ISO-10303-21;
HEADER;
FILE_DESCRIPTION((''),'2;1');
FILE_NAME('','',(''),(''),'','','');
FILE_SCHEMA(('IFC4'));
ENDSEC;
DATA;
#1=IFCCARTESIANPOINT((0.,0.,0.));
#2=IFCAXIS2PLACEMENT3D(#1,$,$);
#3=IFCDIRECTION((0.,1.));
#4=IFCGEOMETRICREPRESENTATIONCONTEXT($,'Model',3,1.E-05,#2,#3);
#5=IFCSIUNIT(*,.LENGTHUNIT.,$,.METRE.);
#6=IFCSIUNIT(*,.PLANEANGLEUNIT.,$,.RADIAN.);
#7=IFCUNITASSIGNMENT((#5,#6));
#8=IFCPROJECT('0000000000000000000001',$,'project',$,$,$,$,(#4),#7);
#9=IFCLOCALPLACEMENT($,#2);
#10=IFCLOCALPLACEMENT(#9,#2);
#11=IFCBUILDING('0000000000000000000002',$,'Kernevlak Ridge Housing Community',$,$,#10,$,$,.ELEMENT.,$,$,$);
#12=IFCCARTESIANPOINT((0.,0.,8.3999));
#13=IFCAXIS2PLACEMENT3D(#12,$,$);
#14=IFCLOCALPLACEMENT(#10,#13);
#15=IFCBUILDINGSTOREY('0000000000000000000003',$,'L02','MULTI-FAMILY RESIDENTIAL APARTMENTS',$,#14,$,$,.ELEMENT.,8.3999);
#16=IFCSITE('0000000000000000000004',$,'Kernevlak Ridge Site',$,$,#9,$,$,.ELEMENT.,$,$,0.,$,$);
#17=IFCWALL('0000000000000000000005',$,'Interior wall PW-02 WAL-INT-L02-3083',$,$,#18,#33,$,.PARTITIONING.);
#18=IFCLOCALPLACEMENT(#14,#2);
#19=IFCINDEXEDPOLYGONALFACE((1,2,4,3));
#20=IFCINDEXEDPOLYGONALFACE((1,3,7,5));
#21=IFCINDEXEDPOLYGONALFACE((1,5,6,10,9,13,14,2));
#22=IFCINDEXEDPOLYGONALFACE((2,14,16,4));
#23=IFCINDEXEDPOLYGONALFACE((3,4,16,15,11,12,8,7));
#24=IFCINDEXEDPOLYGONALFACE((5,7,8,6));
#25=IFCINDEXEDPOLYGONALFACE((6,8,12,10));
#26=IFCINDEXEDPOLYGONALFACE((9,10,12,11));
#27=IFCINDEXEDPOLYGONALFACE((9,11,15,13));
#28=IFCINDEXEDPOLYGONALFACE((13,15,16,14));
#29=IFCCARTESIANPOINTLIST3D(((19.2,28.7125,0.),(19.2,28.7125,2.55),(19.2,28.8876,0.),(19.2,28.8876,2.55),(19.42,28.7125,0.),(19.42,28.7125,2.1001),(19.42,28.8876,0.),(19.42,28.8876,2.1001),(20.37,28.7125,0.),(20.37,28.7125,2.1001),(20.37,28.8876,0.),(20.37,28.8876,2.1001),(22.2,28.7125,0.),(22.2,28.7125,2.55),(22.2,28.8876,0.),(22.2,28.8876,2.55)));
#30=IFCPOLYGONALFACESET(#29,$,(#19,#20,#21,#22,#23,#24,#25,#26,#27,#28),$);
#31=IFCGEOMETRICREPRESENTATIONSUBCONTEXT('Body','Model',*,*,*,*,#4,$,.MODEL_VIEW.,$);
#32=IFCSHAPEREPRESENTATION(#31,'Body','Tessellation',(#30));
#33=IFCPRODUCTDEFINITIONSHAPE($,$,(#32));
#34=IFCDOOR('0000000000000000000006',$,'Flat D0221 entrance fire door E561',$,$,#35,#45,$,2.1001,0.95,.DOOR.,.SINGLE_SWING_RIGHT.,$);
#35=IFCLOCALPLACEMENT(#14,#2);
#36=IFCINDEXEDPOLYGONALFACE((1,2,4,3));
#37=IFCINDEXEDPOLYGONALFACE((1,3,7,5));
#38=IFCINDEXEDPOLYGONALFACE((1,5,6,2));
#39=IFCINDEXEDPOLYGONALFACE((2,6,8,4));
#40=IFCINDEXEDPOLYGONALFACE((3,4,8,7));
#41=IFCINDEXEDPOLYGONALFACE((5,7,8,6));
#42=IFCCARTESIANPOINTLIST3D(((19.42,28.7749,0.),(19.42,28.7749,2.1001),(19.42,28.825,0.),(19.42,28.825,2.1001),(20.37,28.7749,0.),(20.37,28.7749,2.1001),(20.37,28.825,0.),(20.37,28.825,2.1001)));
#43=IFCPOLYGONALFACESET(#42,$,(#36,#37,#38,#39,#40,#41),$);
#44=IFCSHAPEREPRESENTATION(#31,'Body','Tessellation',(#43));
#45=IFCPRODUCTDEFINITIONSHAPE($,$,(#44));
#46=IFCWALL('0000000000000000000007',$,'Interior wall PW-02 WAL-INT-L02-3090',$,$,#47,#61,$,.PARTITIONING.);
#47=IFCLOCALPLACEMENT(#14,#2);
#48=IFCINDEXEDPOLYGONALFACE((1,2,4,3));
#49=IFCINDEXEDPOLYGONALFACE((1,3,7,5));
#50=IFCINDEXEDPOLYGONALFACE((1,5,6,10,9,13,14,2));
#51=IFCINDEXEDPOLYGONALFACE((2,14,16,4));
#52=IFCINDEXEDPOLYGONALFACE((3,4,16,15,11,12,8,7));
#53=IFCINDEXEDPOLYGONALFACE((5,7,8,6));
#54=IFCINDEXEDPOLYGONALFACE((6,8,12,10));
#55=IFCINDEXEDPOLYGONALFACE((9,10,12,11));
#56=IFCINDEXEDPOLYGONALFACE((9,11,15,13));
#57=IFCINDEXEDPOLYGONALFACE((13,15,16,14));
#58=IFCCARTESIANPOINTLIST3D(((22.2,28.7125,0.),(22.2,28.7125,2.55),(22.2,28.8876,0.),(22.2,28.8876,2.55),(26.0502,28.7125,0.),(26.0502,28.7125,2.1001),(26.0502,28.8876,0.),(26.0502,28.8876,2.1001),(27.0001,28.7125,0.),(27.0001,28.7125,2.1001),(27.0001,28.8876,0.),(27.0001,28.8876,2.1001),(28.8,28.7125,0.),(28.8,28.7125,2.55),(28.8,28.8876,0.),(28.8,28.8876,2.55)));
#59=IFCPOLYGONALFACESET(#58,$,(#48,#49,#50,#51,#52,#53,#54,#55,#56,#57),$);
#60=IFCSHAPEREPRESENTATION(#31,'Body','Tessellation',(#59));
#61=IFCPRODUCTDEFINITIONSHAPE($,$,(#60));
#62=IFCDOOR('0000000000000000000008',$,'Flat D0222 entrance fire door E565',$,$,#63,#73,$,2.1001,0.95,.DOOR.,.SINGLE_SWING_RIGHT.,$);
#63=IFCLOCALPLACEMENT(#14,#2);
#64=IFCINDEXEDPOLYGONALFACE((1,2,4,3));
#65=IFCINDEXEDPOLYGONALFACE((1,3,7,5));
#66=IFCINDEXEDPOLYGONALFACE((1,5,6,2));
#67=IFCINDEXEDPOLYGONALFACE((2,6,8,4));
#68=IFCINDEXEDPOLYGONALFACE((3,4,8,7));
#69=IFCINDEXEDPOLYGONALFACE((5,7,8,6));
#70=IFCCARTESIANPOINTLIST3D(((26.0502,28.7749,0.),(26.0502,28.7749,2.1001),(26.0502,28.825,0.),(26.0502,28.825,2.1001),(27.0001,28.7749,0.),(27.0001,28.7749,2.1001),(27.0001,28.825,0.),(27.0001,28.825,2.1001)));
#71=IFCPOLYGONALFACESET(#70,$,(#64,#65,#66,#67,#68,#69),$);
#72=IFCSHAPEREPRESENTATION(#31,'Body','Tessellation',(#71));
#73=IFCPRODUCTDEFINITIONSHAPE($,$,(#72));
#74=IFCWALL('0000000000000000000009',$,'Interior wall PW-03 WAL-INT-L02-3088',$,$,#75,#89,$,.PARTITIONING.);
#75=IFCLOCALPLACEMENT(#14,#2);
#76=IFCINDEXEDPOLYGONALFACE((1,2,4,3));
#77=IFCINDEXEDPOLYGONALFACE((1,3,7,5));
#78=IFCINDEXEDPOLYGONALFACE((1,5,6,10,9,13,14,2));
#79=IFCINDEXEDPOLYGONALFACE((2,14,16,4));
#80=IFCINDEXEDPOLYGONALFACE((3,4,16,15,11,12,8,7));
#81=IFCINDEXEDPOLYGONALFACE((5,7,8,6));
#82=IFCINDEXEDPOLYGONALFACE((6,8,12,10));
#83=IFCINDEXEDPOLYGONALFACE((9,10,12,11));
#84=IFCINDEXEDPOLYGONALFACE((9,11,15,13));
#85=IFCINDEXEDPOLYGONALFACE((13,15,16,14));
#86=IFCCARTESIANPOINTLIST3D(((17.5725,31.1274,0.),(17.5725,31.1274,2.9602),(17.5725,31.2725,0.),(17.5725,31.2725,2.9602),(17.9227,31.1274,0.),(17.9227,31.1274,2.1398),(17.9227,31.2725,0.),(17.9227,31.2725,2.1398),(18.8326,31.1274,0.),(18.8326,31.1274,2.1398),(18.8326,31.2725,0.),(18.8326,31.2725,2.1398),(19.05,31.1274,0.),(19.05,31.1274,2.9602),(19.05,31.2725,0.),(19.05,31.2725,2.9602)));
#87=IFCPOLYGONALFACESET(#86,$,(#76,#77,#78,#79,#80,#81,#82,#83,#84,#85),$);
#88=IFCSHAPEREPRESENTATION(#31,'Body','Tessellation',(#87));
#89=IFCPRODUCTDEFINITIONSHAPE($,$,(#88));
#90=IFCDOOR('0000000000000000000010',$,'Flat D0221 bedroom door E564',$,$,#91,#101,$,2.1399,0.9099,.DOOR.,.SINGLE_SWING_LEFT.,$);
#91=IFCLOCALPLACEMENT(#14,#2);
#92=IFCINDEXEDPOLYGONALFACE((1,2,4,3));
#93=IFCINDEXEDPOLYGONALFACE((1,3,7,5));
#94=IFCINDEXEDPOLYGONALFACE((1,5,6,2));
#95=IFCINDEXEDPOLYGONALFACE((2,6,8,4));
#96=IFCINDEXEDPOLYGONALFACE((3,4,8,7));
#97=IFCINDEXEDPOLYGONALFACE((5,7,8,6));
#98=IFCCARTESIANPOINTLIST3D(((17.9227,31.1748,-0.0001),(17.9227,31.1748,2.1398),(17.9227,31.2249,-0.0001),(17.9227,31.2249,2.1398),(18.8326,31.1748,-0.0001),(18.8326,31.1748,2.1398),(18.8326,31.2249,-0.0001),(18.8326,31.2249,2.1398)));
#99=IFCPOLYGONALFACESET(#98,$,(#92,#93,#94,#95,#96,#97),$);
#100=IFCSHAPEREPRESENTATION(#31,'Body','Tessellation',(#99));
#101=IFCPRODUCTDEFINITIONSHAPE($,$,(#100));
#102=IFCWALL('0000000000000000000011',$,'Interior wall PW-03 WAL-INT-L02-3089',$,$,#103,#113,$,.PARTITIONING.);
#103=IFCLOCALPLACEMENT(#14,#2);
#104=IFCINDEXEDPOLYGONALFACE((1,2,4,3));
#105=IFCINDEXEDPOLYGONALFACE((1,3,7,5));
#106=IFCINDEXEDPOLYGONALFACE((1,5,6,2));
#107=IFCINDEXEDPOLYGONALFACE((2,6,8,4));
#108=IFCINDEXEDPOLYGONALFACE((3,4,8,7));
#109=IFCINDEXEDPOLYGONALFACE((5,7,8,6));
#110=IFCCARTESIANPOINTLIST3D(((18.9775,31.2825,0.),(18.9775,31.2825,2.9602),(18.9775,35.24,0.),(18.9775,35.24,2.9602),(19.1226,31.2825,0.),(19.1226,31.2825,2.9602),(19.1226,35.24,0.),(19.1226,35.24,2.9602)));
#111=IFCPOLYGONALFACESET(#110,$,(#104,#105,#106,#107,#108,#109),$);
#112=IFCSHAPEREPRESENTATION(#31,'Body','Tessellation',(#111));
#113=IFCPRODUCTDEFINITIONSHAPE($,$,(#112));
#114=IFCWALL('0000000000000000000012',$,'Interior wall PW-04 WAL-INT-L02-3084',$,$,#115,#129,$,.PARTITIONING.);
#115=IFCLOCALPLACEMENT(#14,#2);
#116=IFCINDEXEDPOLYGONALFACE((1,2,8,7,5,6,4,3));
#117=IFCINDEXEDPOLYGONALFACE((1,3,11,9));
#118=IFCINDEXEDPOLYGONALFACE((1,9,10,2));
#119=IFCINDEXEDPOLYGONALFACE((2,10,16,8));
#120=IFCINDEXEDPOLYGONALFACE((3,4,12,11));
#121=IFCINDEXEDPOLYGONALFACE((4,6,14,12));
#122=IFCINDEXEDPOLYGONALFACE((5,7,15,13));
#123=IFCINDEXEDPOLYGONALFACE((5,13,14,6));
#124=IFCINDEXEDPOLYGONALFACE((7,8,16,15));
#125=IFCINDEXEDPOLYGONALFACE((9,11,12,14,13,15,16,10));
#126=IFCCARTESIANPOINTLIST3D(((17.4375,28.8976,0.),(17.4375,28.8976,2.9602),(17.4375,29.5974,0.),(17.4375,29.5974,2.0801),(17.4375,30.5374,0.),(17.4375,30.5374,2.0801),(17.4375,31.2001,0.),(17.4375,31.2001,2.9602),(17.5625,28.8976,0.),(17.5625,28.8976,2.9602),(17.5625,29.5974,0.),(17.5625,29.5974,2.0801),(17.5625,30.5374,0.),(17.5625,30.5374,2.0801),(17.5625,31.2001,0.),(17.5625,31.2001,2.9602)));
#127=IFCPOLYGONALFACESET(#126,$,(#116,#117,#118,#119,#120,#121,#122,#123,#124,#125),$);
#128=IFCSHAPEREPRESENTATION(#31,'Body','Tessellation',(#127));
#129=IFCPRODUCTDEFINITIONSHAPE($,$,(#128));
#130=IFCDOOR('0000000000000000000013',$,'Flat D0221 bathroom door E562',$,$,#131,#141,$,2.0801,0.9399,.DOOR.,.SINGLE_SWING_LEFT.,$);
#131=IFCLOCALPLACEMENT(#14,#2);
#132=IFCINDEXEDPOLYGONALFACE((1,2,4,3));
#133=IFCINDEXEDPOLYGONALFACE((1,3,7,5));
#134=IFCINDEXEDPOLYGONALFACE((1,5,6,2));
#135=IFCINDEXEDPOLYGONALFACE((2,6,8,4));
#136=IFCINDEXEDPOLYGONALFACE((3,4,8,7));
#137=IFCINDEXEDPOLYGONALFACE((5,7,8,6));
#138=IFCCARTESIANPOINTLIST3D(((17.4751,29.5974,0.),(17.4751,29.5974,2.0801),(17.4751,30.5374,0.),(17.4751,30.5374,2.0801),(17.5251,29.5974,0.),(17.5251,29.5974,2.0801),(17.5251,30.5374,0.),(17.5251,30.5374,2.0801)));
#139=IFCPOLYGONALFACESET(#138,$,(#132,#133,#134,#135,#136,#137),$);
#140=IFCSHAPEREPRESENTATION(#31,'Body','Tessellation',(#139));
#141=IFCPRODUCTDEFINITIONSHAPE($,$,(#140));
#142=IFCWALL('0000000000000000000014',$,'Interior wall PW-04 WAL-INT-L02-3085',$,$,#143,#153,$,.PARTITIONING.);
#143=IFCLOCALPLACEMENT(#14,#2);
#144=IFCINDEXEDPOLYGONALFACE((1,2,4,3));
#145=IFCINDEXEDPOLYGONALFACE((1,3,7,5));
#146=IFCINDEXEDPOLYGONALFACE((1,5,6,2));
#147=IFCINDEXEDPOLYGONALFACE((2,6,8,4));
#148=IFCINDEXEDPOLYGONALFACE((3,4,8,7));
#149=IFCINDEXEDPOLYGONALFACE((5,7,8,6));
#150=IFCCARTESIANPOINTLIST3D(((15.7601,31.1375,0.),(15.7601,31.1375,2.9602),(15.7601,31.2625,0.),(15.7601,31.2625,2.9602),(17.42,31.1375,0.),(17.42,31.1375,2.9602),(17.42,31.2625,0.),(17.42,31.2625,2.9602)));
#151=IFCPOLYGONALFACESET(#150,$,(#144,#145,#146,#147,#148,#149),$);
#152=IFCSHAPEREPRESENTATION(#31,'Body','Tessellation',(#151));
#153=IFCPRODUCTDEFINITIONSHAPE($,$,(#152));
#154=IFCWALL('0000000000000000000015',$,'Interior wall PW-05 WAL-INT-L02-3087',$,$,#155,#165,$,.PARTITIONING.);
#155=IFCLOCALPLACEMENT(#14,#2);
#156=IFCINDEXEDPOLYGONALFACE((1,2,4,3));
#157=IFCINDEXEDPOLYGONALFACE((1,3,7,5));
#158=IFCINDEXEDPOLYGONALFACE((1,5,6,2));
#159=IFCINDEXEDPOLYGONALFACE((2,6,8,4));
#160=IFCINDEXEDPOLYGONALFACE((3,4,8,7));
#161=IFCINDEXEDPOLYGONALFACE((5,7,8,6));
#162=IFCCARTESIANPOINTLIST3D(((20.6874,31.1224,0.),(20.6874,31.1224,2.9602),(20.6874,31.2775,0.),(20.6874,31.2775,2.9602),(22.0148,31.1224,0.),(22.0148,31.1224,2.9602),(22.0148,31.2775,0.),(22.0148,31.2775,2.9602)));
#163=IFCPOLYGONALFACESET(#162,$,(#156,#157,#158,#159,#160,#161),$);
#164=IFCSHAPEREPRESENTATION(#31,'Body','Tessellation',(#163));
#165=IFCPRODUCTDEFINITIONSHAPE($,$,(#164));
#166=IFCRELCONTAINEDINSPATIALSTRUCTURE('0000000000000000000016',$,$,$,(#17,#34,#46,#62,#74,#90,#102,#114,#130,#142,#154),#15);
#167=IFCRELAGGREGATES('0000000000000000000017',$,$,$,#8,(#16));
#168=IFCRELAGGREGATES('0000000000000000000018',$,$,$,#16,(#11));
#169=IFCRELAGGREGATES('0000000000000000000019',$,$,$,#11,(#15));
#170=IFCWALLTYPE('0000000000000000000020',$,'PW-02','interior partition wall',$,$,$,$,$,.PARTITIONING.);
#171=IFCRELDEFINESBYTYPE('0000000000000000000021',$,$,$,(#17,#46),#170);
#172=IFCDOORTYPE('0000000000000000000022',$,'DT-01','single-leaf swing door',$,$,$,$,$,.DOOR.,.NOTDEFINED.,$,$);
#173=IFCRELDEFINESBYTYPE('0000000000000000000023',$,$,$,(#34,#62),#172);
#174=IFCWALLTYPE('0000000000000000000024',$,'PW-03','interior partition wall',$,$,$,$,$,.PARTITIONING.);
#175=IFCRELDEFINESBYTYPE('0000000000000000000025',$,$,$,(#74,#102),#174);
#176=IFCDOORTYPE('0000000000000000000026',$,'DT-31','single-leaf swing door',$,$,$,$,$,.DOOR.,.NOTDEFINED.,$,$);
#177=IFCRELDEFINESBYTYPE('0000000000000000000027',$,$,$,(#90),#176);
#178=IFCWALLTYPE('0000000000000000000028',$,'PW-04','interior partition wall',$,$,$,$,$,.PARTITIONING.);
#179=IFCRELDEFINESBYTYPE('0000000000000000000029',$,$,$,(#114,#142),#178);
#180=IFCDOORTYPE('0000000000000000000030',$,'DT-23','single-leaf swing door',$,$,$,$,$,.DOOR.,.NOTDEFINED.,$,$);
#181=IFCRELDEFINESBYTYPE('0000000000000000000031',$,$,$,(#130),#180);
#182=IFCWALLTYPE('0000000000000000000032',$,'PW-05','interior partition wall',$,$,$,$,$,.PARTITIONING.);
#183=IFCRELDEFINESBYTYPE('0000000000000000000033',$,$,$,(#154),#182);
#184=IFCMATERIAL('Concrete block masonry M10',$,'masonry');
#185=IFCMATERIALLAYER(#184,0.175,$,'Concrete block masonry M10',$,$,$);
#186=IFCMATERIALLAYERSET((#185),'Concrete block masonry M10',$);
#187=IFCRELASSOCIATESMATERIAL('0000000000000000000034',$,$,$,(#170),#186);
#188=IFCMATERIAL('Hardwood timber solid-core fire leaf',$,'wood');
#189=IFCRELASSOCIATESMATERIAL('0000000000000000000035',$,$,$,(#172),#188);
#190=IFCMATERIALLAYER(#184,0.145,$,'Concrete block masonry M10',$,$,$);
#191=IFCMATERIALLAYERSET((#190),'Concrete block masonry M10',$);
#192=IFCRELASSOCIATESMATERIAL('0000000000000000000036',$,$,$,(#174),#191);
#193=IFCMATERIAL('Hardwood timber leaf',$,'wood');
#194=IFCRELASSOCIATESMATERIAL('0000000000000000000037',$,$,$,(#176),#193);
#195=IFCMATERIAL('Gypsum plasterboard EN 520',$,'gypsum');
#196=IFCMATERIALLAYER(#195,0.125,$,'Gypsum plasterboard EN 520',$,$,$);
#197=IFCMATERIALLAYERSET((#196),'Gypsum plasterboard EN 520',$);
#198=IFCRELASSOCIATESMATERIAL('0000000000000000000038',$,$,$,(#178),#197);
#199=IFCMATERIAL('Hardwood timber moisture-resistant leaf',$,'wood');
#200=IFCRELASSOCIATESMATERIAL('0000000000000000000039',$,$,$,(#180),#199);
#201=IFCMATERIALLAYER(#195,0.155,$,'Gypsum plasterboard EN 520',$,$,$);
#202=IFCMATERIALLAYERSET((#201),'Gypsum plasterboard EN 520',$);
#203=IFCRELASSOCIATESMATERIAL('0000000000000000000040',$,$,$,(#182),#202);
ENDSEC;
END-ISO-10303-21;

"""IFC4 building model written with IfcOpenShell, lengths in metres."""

from ifc_helpers import new_model, si_unit, direction, frame, frame_2d, origin, place, context, subcontext, project, spatial, rectangle, extrude, material, layer, layer_set, type_object, element, fill, save


model = new_model("IFC4")

# Units and contexts
model_context = context("Model", 3, precision=1e-05, world=origin(), true_north=direction((0.0, 1.0)))
body_context = subcontext(model_context, "Body", "Model", "MODEL_VIEW")
ifc_project = project(units=[si_unit("LENGTHUNIT", "METRE"), si_unit("PLANEANGLEUNIT", "RADIAN")], contexts=[model_context])

# Site, building, storey
site_placement = place(None, origin())
site = spatial("IfcSite", under=ifc_project, at=site_placement, Name="Kernevlak Ridge Site", CompositionType="ELEMENT", RefElevation=0.0)
building_placement = place(site_placement, origin())
building = spatial("IfcBuilding", under=site, at=building_placement, Name="Kernevlak Ridge Housing Community", CompositionType="ELEMENT")
storey_placement = place(building_placement, frame((0.0, 0.0, 8.3999)))
storey = spatial("IfcBuildingStorey", under=building, at=storey_placement, Name="L02", Description="MULTI-FAMILY RESIDENTIAL APARTMENTS", CompositionType="ELEMENT", Elevation=8.3999)

# Shared definitions
ifc_material_1 = material(Name="Concrete block masonry M10", Category="masonry")

# Shared definitions
ifc_layer_1 = layer(ifc_material_1, 0.175, Name="Concrete block masonry M10")
ifc_layer_set_1 = layer_set([ifc_layer_1], Name="Concrete block masonry M10")
wall_type_1 = type_object("IfcWallType", Name="PW-02", Description="interior partition wall", PredefinedType="PARTITIONING", material=ifc_layer_set_1)

# Walls, openings, doors
wall_1_placement = place(storey_placement, frame((19.2, 28.8, 0.0), z_axis=(0.0, 0.0, 1.0), x_axis=(1.0, 0.0, 0.0)))
wall_1 = element("IfcWall", 1, at=wall_1_placement, inside=storey, type_object=wall_type_1, Name="Interior wall PW-02 WAL-INT-L02-3083", PredefinedType="PARTITIONING", context=body_context, shape_type="SweptSolid", body=[
    extrude(rectangle(XDim=3.0, YDim=0.175, at=frame_2d((1.5, 0.0))), origin(), (0.0, 0.0, 1.0), 2.55),
])
opening_1_placement = place(wall_1_placement, frame((0.22, 0.0, 0.0)))
opening_1 = element("IfcOpeningElement", 2, at=opening_1_placement, cuts=wall_1, PredefinedType="OPENING", context=body_context, shape_type="SweptSolid", body=[
    extrude(rectangle(XDim=0.95, YDim=2.1001, at=frame_2d((0.4751, 1.05))), frame((0.0, 0.0974, 0.0), z_axis=(0.0, -1.0, 0.0), x_axis=(1.0, 0.0, 0.0)), (0.0, 0.0, 1.0), 0.1951),
])
ifc_material_2 = material(Name="Hardwood timber solid-core fire leaf", Category="wood")
door_type_1 = type_object("IfcDoorType", Name="DT-01", Description="single-leaf swing door", OperationType="NOTDEFINED", PredefinedType="DOOR", material=ifc_material_2)
door_1_placement = place(opening_1_placement, origin())
door_1 = element("IfcDoor", 3, at=door_1_placement, inside=storey, type_object=door_type_1, Name="Flat D0221 entrance fire door E561", OperationType="SINGLE_SWING_RIGHT", OverallHeight=2.1001, OverallWidth=0.95, PredefinedType="DOOR", context=body_context, shape_type="SweptSolid", body=[
    extrude(rectangle(XDim=0.95, YDim=2.1001, at=frame_2d((0.4751, 1.05))), frame((0.0, 0.0249, 0.0), z_axis=(0.0, -1.0, 0.0), x_axis=(1.0, 0.0, 0.0)), (0.0, 0.0, 1.0), 0.05),
])
fill(opening_1, door_1)
wall_2_placement = place(storey_placement, frame((22.2, 28.8, 0.0), z_axis=(0.0, 0.0, 1.0), x_axis=(1.0, 0.0, 0.0)))
wall_2 = element("IfcWall", 4, at=wall_2_placement, inside=storey, type_object=wall_type_1, Name="Interior wall PW-02 WAL-INT-L02-3090", PredefinedType="PARTITIONING", context=body_context, shape_type="SweptSolid", body=[
    extrude(rectangle(XDim=6.6001, YDim=0.175, at=frame_2d((3.3, 0.0))), origin(), (0.0, 0.0, 1.0), 2.55),
])
opening_2_placement = place(wall_2_placement, frame((3.8501, 0.0, 0.0)))
opening_2 = element("IfcOpeningElement", 5, at=opening_2_placement, cuts=wall_2, PredefinedType="OPENING", context=body_context, shape_type="SweptSolid", body=[
    extrude(rectangle(XDim=0.95, YDim=2.1001, at=frame_2d((0.4751, 1.05))), frame((0.0, 0.0974, 0.0), z_axis=(0.0, -1.0, 0.0), x_axis=(1.0, 0.0, 0.0)), (0.0, 0.0, 1.0), 0.1951),
])
door_2_placement = place(opening_2_placement, origin())
door_2 = element("IfcDoor", 6, at=door_2_placement, inside=storey, type_object=door_type_1, Name="Flat D0222 entrance fire door E565", OperationType="SINGLE_SWING_RIGHT", OverallHeight=2.1001, OverallWidth=0.95, PredefinedType="DOOR", context=body_context, shape_type="SweptSolid", body=[
    extrude(rectangle(XDim=0.95, YDim=2.1001, at=frame_2d((0.4751, 1.05))), frame((0.0, 0.0249, 0.0), z_axis=(0.0, -1.0, 0.0), x_axis=(1.0, 0.0, 0.0)), (0.0, 0.0, 1.0), 0.05),
])
fill(opening_2, door_2)
ifc_layer_2 = layer(ifc_material_1, 0.145, Name="Concrete block masonry M10")
ifc_layer_set_2 = layer_set([ifc_layer_2], Name="Concrete block masonry M10")
wall_type_2 = type_object("IfcWallType", Name="PW-03", Description="interior partition wall", PredefinedType="PARTITIONING", material=ifc_layer_set_2)
wall_3_placement = place(storey_placement, frame((17.5725, 31.2, 0.0), z_axis=(0.0, 0.0, 1.0), x_axis=(1.0, 0.0, 0.0)))
wall_3 = element("IfcWall", 7, at=wall_3_placement, inside=storey, type_object=wall_type_2, Name="Interior wall PW-03 WAL-INT-L02-3088", PredefinedType="PARTITIONING", context=body_context, shape_type="SweptSolid", body=[
    extrude(rectangle(XDim=1.4775, YDim=0.145, at=frame_2d((0.7388, 0.0))), origin(), (0.0, 0.0, 1.0), 2.9602),
])
opening_3_placement = place(wall_3_placement, frame((0.3501, 0.0, 0.0)))
opening_3 = element("IfcOpeningElement", 8, at=opening_3_placement, cuts=wall_3, PredefinedType="OPENING", context=body_context, shape_type="SweptSolid", body=[
    extrude(rectangle(XDim=0.9099, YDim=2.1399, at=frame_2d((0.4551, 1.0698))), frame((0.0, 0.0825, 0.0), z_axis=(0.0, -1.0, 0.0), x_axis=(1.0, 0.0, 0.0)), (0.0, 0.0, 1.0), 0.165),
])
ifc_material_3 = material(Name="Hardwood timber leaf", Category="wood")
door_type_2 = type_object("IfcDoorType", Name="DT-31", Description="single-leaf swing door", OperationType="NOTDEFINED", PredefinedType="DOOR", material=ifc_material_3)
door_3_placement = place(opening_3_placement, origin())
door_3 = element("IfcDoor", 9, at=door_3_placement, inside=storey, type_object=door_type_2, Name="Flat D0221 bedroom door E564", OperationType="SINGLE_SWING_LEFT", OverallHeight=2.1399, OverallWidth=0.9099, PredefinedType="DOOR", context=body_context, shape_type="SweptSolid", body=[
    extrude(rectangle(XDim=0.9099, YDim=2.1399, at=frame_2d((0.4551, 1.0698))), frame((0.0, 0.0249, 0.0), z_axis=(0.0, -1.0, 0.0), x_axis=(1.0, 0.0, 0.0)), (0.0, 0.0, 1.0), 0.05),
])
fill(opening_3, door_3)

# Wall
wall_4_placement = place(storey_placement, frame((19.05, 31.2825, 0.0), z_axis=(0.0, 0.0, 1.0), x_axis=(0.0, 1.0, 0.0)))
element("IfcWall", 10, at=wall_4_placement, inside=storey, type_object=wall_type_2, Name="Interior wall PW-03 WAL-INT-L02-3089", PredefinedType="PARTITIONING", context=body_context, shape_type="SweptSolid", body=[
    extrude(rectangle(XDim=3.9575, YDim=0.145, at=frame_2d((1.9788, 0.0))), origin(), (0.0, 0.0, 1.0), 2.9602),
])

# Wall, opening, door
ifc_material_4 = material(Name="Gypsum plasterboard EN 520", Category="gypsum")
ifc_layer_3 = layer(ifc_material_4, 0.125, Name="Gypsum plasterboard EN 520")
ifc_layer_set_3 = layer_set([ifc_layer_3], Name="Gypsum plasterboard EN 520")
wall_type_3 = type_object("IfcWallType", Name="PW-04", Description="interior partition wall", PredefinedType="PARTITIONING", material=ifc_layer_set_3)
wall_5_placement = place(storey_placement, frame((17.5, 28.8975, 0.0), z_axis=(0.0, 0.0, 1.0), x_axis=(0.0, 1.0, 0.0)))
wall_5 = element("IfcWall", 11, at=wall_5_placement, inside=storey, type_object=wall_type_3, Name="Interior wall PW-04 WAL-INT-L02-3084", PredefinedType="PARTITIONING", context=body_context, shape_type="SweptSolid", body=[
    extrude(rectangle(XDim=2.3025, YDim=0.125, at=frame_2d((1.1514, 0.0))), origin(), (0.0, 0.0, 1.0), 2.9602),
])
opening_4_placement = place(wall_5_placement, frame((0.7, 0.0, 0.0)))
opening_4 = element("IfcOpeningElement", 12, at=opening_4_placement, cuts=wall_5, PredefinedType="OPENING", context=body_context, shape_type="SweptSolid", body=[
    extrude(rectangle(XDim=0.9399, YDim=2.0801, at=frame_2d((0.47, 1.04))), frame((0.0, 0.0725, 0.0), z_axis=(0.0, -1.0, 0.0), x_axis=(1.0, 0.0, 0.0)), (0.0, 0.0, 1.0), 0.145),
])
ifc_material_5 = material(Name="Hardwood timber moisture-resistant leaf", Category="wood")
door_type_3 = type_object("IfcDoorType", Name="DT-23", Description="single-leaf swing door", OperationType="NOTDEFINED", PredefinedType="DOOR", material=ifc_material_5)
door_4_placement = place(opening_4_placement, origin())
door_4 = element("IfcDoor", 13, at=door_4_placement, inside=storey, type_object=door_type_3, Name="Flat D0221 bathroom door E562", OperationType="SINGLE_SWING_LEFT", OverallHeight=2.0801, OverallWidth=0.9399, PredefinedType="DOOR", context=body_context, shape_type="SweptSolid", body=[
    extrude(rectangle(XDim=0.9399, YDim=2.0801, at=frame_2d((0.47, 1.04))), frame((0.0, 0.0249, 0.0), z_axis=(0.0, -1.0, 0.0), x_axis=(1.0, 0.0, 0.0)), (0.0, 0.0, 1.0), 0.05),
])
fill(opening_4, door_4)

# Wall
wall_6_placement = place(storey_placement, frame((15.76, 31.2, 0.0), z_axis=(0.0, 0.0, 1.0), x_axis=(1.0, 0.0, 0.0)))
element("IfcWall", 14, at=wall_6_placement, inside=storey, type_object=wall_type_3, Name="Interior wall PW-04 WAL-INT-L02-3085", PredefinedType="PARTITIONING", context=body_context, shape_type="SweptSolid", body=[
    extrude(rectangle(XDim=1.6599, YDim=0.125, at=frame_2d((0.8301, 0.0))), origin(), (0.0, 0.0, 1.0), 2.9602),
])

# Shared definitions
ifc_layer_4 = layer(ifc_material_4, 0.155, Name="Gypsum plasterboard EN 520")
ifc_layer_set_4 = layer_set([ifc_layer_4], Name="Gypsum plasterboard EN 520")
wall_type_4 = type_object("IfcWallType", Name="PW-05", Description="interior partition wall", PredefinedType="PARTITIONING", material=ifc_layer_set_4)

# Wall
wall_7_placement = place(storey_placement, frame((20.6875, 31.2, 0.0), z_axis=(0.0, 0.0, 1.0), x_axis=(1.0, 0.0, 0.0)))
element("IfcWall", 15, at=wall_7_placement, inside=storey, type_object=wall_type_4, Name="Interior wall PW-05 WAL-INT-L02-3087", PredefinedType="PARTITIONING", context=body_context, shape_type="SweptSolid", body=[
    extrude(rectangle(XDim=1.3274, YDim=0.155, at=frame_2d((0.6636, 0.0))), origin(), (0.0, 0.0, 1.0), 2.9602),
])

save(model, "model.ifc")
